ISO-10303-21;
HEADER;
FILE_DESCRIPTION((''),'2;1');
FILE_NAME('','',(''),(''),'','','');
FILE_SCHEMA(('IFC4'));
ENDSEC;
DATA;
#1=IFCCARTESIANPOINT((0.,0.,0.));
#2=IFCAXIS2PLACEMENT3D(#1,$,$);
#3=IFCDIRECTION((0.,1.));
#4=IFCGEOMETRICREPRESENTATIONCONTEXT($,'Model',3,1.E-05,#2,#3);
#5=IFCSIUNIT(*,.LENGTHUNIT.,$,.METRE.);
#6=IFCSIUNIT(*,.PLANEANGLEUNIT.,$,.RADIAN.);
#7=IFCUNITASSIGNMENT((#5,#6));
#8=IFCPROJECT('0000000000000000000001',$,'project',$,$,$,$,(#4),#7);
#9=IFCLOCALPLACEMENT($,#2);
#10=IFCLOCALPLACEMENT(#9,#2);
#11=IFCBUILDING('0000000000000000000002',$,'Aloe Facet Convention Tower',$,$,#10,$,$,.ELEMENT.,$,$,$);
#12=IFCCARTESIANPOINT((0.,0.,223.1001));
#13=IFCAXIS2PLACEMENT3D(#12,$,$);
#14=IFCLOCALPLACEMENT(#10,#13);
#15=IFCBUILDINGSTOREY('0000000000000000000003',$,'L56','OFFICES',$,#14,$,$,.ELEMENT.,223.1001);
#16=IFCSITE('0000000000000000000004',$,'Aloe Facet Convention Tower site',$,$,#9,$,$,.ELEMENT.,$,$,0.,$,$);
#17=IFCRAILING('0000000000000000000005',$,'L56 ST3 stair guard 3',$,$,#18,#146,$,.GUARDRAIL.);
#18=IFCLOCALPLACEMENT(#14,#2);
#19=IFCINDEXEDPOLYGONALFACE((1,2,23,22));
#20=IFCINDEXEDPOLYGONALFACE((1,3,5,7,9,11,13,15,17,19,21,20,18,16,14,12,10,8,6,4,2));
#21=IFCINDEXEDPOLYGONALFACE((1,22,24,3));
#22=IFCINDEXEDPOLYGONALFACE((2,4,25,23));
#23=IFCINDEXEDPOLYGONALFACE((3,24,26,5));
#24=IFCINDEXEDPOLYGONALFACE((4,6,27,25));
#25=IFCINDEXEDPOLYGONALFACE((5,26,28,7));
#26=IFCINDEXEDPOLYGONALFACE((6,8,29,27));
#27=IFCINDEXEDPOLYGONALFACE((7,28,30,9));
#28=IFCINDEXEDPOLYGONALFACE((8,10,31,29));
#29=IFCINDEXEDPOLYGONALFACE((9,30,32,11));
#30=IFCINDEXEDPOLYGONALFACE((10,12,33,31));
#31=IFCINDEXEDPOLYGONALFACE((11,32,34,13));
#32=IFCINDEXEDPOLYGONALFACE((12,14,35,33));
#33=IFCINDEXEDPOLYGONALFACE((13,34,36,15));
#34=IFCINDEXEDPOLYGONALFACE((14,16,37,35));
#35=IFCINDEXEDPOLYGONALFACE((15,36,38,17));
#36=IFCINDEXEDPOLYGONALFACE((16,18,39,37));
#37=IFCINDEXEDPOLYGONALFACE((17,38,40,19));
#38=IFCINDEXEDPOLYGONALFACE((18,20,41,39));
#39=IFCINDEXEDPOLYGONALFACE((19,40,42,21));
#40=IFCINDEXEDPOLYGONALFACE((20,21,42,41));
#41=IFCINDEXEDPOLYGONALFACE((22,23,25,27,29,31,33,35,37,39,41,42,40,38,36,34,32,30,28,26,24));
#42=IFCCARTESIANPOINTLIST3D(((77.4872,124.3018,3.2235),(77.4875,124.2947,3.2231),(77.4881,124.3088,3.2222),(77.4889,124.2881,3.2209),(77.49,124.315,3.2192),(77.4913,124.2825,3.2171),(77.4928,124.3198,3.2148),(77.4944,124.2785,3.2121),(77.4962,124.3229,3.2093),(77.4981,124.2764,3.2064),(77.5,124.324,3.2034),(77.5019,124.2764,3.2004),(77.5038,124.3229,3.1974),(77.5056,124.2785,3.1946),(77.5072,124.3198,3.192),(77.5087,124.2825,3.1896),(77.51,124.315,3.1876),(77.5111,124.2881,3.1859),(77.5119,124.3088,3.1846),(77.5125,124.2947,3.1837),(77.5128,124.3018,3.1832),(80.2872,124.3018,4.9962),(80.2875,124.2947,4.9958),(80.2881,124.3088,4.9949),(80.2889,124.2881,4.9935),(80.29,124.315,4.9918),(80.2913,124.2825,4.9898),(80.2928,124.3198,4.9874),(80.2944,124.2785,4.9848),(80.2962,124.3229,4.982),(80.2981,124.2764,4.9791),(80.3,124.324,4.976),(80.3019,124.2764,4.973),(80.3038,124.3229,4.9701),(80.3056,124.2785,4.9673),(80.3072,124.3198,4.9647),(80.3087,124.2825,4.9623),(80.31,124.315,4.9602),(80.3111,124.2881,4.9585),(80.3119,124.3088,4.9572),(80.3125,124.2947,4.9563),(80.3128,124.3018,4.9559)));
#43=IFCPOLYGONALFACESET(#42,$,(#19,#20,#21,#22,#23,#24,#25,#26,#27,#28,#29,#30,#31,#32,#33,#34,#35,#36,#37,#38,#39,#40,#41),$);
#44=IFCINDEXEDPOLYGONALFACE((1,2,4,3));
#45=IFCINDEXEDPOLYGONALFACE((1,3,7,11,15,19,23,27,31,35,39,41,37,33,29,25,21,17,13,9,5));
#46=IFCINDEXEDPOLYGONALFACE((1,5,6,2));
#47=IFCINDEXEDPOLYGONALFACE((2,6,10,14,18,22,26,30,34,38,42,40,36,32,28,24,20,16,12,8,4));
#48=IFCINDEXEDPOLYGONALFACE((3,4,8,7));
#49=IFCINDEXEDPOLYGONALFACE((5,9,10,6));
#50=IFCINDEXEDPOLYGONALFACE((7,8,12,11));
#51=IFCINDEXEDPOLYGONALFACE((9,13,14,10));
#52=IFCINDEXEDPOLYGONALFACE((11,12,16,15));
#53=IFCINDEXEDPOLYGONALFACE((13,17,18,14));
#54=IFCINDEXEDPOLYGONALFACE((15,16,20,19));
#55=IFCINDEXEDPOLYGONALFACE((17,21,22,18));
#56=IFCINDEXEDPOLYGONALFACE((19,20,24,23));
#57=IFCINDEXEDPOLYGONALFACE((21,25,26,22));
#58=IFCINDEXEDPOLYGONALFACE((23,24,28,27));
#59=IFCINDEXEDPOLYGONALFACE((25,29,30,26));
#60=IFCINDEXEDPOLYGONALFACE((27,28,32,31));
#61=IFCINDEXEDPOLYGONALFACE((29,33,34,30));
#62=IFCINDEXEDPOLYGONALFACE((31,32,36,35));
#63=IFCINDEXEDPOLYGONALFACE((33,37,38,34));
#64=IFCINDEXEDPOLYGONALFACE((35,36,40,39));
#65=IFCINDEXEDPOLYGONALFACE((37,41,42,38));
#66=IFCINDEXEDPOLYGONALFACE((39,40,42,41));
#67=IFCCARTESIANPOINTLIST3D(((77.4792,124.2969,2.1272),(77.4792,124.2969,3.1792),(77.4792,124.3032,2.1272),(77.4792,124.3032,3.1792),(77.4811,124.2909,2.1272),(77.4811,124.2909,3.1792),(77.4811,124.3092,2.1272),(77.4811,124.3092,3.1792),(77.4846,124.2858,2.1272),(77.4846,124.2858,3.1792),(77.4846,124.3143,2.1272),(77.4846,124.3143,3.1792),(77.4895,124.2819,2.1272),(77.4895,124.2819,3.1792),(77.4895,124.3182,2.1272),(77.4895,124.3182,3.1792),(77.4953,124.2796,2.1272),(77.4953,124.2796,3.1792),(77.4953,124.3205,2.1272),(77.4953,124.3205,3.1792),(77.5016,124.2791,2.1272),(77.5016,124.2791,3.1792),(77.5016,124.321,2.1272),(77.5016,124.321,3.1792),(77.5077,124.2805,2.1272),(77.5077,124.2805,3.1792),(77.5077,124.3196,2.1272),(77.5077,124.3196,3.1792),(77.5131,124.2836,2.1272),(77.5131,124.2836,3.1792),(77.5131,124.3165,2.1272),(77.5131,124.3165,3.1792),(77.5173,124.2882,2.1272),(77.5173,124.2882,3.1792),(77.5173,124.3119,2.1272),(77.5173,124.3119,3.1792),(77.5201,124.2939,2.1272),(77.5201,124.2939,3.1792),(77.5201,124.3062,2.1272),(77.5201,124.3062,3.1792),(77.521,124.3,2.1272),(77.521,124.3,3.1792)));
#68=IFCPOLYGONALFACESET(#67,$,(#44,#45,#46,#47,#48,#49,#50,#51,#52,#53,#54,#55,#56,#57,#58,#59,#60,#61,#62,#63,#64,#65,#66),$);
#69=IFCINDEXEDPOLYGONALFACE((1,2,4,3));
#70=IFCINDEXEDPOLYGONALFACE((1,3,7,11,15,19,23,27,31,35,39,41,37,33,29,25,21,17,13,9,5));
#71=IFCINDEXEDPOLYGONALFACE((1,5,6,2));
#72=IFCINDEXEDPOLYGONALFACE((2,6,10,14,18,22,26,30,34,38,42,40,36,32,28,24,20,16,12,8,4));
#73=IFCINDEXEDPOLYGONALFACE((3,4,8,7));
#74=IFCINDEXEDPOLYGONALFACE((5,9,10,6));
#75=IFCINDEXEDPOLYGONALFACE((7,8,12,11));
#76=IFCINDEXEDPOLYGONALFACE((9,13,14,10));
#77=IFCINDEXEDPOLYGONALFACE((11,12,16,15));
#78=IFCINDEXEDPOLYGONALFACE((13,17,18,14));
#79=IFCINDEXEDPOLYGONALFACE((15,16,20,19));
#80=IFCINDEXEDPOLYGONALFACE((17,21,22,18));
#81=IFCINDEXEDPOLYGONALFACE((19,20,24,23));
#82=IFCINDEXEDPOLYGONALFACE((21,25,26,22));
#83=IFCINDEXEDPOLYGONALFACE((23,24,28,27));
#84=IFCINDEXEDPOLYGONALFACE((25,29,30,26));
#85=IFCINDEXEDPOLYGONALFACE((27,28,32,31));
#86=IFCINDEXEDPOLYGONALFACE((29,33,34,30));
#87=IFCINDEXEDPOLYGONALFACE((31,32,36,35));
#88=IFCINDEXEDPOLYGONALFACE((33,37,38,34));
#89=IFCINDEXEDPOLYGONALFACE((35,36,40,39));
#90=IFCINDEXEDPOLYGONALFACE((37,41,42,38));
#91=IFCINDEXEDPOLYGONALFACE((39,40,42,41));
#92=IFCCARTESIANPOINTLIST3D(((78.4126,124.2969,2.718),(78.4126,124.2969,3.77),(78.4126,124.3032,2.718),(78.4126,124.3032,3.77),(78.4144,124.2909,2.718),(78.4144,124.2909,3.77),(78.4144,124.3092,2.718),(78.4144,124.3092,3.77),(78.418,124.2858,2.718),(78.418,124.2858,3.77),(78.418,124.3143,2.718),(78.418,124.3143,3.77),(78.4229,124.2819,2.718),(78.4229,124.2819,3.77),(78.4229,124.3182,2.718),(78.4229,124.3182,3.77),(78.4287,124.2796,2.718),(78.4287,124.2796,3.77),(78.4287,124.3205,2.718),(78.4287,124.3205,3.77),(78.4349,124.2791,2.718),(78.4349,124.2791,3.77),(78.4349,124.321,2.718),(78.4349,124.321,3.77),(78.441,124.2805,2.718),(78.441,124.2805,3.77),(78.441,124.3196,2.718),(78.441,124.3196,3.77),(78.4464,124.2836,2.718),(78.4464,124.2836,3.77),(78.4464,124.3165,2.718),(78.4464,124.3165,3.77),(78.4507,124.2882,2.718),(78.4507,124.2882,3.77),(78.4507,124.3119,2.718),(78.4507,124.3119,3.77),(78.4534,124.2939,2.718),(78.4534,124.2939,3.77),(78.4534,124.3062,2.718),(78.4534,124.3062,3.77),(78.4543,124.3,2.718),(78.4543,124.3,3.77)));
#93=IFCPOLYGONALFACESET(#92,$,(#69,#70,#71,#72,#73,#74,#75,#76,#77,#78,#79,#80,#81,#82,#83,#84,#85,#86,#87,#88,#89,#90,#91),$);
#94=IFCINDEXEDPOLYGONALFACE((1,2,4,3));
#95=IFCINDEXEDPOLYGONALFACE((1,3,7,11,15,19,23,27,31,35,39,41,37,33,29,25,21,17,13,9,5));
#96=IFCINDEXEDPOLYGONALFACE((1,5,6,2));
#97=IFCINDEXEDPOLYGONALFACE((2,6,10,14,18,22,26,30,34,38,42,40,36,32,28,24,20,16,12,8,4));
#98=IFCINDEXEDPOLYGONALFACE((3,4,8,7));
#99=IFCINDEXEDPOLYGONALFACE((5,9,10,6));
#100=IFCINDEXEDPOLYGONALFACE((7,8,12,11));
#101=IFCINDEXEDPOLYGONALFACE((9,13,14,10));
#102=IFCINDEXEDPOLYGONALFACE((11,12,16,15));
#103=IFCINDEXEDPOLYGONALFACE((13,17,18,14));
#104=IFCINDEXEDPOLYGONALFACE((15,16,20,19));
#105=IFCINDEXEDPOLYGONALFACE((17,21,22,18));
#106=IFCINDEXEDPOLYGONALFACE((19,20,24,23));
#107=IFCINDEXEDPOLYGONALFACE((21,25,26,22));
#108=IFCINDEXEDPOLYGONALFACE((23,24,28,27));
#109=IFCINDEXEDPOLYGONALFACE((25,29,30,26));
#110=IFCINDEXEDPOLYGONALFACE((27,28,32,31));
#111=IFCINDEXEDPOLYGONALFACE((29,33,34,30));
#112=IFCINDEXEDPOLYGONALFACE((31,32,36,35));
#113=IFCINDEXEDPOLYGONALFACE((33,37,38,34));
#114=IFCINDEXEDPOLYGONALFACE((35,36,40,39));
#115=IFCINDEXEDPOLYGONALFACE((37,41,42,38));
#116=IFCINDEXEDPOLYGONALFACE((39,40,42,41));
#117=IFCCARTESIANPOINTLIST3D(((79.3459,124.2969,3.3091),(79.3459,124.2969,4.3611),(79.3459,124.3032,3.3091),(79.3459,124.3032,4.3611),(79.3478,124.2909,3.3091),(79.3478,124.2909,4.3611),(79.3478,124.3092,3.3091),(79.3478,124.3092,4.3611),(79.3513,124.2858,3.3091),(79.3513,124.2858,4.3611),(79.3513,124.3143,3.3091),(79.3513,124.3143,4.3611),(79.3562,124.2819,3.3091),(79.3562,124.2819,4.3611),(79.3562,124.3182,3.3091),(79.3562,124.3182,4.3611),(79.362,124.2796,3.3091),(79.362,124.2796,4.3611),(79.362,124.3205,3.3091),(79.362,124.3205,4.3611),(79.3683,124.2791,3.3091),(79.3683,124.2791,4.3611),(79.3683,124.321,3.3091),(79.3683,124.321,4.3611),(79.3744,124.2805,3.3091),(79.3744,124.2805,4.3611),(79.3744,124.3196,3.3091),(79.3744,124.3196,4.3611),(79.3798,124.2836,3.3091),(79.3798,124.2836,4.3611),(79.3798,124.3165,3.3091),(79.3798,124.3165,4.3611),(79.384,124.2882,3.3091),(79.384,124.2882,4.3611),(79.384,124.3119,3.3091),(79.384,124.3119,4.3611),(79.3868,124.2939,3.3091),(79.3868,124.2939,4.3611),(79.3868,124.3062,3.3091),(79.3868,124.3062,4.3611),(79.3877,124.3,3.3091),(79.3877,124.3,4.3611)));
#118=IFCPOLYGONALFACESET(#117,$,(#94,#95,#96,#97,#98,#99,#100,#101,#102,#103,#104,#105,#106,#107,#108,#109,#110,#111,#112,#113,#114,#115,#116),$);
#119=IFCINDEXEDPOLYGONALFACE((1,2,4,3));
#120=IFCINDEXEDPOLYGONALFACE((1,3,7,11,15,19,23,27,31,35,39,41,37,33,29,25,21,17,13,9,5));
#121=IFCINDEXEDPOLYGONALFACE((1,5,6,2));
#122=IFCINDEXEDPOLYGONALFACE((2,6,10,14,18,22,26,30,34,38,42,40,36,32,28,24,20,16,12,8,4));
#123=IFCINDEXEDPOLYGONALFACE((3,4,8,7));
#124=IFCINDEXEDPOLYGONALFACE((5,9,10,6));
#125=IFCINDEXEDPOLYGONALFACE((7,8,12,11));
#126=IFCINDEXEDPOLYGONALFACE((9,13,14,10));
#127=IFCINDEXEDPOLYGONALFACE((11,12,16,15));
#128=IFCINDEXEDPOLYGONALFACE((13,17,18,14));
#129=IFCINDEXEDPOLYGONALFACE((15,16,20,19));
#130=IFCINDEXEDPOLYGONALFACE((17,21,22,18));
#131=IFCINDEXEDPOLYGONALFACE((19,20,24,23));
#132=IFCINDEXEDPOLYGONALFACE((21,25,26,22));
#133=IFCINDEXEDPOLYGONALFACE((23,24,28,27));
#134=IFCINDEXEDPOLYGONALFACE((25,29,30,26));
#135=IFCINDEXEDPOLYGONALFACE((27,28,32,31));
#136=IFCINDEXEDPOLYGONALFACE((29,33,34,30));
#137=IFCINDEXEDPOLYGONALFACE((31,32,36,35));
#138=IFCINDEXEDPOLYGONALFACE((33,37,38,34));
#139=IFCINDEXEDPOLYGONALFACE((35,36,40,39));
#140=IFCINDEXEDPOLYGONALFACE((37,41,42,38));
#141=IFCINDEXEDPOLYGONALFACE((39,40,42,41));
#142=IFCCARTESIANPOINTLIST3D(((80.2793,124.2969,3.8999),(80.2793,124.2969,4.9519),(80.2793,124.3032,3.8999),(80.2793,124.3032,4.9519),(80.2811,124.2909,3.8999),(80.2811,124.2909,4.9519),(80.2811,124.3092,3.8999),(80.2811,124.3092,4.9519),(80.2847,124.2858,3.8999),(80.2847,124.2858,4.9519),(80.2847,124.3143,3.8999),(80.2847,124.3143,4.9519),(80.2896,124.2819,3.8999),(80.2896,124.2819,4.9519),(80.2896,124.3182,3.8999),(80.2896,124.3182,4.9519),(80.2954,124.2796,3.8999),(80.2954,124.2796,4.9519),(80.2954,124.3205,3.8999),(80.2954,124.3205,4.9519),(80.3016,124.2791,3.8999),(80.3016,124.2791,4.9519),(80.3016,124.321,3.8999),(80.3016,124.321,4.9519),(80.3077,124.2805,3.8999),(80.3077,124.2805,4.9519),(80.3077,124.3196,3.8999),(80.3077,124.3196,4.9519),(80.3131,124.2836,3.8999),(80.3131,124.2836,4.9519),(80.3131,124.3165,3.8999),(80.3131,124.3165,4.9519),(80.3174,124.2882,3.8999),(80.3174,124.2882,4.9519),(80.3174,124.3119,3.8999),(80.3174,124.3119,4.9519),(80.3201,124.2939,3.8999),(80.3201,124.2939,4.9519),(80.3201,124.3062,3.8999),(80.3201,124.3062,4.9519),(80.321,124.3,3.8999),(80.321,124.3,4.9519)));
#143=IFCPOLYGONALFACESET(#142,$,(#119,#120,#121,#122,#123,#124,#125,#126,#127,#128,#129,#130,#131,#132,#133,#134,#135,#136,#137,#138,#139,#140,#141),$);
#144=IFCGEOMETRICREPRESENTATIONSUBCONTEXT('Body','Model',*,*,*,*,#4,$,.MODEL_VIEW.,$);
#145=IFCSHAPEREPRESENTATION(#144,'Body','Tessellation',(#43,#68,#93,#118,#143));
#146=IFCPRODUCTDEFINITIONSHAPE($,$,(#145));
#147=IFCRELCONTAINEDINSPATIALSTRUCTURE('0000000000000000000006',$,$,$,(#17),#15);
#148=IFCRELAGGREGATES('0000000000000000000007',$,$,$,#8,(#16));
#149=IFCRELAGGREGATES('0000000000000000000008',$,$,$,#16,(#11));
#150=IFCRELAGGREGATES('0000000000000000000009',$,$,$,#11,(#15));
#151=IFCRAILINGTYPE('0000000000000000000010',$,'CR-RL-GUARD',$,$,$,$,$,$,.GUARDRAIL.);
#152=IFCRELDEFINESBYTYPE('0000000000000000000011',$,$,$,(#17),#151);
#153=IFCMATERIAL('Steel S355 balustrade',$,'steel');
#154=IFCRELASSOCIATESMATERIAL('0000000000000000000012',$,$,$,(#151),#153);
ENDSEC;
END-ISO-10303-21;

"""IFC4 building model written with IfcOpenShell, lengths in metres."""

from ifc_helpers import new_model, si_unit, direction, frame, origin, origin_2d, place, context, subcontext, project, spatial, circle, extrude, material, type_object, element, save


model = new_model("IFC4")

# Units and contexts
model_context = context("Model", 3, precision=1e-05, world=origin(), true_north=direction((0.0, 1.0)))
body_context = subcontext(model_context, "Body", "Model", "MODEL_VIEW")
ifc_project = project(units=[si_unit("LENGTHUNIT", "METRE"), si_unit("PLANEANGLEUNIT", "RADIAN")], contexts=[model_context])

# Site, building, storey
site_placement = place(None, origin())
site = spatial("IfcSite", under=ifc_project, at=site_placement, Name="Aloe Facet Convention Tower site", CompositionType="ELEMENT", RefElevation=0.0)
building_placement = place(site_placement, origin())
building = spatial("IfcBuilding", under=site, at=building_placement, Name="Aloe Facet Convention Tower", CompositionType="ELEMENT")
storey_placement = place(building_placement, frame((0.0, 0.0, 223.1001)))
storey = spatial("IfcBuildingStorey", under=building, at=storey_placement, Name="L56", Description="OFFICES", CompositionType="ELEMENT", Elevation=223.1001)

# Railing
ifc_material_1 = material(Name="Steel S355 balustrade", Category="steel")
railing_type_1 = type_object("IfcRailingType", Name="CR-RL-GUARD", PredefinedType="GUARDRAIL", material=ifc_material_1)
railing_1_placement = place(storey_placement, frame((77.5, 124.3, 2.1272)))
element("IfcRailing", 1, at=railing_1_placement, inside=storey, type_object=railing_type_1, Name="L56 ST3 stair guard 3", PredefinedType="GUARDRAIL", context=body_context, shape_type="SweptSolid", body=[
    extrude(circle(Radius=0.0239, at=origin_2d()), frame((0.0, 0.0, 1.0762), z_axis=(0.844909, 0.0, 0.53491), x_axis=(0.0, 1.0, 0.0)), (0.0, 0.0, 1.0), 3.314),
    extrude(circle(Radius=0.021, at=origin_2d()), origin(), (0.0, 0.0, 1.0), 1.052),
    extrude(circle(Radius=0.021, at=origin_2d()), frame((0.9333, 0.0, 0.5908)), (0.0, 0.0, 1.0), 1.052),
    extrude(circle(Radius=0.021, at=origin_2d()), frame((1.8667, 0.0, 1.1819)), (0.0, 0.0, 1.0), 1.052),
    extrude(circle(Radius=0.021, at=origin_2d()), frame((2.8, 0.0, 1.7727)), (0.0, 0.0, 1.0), 1.052),
])

save(model, "model.ifc")
